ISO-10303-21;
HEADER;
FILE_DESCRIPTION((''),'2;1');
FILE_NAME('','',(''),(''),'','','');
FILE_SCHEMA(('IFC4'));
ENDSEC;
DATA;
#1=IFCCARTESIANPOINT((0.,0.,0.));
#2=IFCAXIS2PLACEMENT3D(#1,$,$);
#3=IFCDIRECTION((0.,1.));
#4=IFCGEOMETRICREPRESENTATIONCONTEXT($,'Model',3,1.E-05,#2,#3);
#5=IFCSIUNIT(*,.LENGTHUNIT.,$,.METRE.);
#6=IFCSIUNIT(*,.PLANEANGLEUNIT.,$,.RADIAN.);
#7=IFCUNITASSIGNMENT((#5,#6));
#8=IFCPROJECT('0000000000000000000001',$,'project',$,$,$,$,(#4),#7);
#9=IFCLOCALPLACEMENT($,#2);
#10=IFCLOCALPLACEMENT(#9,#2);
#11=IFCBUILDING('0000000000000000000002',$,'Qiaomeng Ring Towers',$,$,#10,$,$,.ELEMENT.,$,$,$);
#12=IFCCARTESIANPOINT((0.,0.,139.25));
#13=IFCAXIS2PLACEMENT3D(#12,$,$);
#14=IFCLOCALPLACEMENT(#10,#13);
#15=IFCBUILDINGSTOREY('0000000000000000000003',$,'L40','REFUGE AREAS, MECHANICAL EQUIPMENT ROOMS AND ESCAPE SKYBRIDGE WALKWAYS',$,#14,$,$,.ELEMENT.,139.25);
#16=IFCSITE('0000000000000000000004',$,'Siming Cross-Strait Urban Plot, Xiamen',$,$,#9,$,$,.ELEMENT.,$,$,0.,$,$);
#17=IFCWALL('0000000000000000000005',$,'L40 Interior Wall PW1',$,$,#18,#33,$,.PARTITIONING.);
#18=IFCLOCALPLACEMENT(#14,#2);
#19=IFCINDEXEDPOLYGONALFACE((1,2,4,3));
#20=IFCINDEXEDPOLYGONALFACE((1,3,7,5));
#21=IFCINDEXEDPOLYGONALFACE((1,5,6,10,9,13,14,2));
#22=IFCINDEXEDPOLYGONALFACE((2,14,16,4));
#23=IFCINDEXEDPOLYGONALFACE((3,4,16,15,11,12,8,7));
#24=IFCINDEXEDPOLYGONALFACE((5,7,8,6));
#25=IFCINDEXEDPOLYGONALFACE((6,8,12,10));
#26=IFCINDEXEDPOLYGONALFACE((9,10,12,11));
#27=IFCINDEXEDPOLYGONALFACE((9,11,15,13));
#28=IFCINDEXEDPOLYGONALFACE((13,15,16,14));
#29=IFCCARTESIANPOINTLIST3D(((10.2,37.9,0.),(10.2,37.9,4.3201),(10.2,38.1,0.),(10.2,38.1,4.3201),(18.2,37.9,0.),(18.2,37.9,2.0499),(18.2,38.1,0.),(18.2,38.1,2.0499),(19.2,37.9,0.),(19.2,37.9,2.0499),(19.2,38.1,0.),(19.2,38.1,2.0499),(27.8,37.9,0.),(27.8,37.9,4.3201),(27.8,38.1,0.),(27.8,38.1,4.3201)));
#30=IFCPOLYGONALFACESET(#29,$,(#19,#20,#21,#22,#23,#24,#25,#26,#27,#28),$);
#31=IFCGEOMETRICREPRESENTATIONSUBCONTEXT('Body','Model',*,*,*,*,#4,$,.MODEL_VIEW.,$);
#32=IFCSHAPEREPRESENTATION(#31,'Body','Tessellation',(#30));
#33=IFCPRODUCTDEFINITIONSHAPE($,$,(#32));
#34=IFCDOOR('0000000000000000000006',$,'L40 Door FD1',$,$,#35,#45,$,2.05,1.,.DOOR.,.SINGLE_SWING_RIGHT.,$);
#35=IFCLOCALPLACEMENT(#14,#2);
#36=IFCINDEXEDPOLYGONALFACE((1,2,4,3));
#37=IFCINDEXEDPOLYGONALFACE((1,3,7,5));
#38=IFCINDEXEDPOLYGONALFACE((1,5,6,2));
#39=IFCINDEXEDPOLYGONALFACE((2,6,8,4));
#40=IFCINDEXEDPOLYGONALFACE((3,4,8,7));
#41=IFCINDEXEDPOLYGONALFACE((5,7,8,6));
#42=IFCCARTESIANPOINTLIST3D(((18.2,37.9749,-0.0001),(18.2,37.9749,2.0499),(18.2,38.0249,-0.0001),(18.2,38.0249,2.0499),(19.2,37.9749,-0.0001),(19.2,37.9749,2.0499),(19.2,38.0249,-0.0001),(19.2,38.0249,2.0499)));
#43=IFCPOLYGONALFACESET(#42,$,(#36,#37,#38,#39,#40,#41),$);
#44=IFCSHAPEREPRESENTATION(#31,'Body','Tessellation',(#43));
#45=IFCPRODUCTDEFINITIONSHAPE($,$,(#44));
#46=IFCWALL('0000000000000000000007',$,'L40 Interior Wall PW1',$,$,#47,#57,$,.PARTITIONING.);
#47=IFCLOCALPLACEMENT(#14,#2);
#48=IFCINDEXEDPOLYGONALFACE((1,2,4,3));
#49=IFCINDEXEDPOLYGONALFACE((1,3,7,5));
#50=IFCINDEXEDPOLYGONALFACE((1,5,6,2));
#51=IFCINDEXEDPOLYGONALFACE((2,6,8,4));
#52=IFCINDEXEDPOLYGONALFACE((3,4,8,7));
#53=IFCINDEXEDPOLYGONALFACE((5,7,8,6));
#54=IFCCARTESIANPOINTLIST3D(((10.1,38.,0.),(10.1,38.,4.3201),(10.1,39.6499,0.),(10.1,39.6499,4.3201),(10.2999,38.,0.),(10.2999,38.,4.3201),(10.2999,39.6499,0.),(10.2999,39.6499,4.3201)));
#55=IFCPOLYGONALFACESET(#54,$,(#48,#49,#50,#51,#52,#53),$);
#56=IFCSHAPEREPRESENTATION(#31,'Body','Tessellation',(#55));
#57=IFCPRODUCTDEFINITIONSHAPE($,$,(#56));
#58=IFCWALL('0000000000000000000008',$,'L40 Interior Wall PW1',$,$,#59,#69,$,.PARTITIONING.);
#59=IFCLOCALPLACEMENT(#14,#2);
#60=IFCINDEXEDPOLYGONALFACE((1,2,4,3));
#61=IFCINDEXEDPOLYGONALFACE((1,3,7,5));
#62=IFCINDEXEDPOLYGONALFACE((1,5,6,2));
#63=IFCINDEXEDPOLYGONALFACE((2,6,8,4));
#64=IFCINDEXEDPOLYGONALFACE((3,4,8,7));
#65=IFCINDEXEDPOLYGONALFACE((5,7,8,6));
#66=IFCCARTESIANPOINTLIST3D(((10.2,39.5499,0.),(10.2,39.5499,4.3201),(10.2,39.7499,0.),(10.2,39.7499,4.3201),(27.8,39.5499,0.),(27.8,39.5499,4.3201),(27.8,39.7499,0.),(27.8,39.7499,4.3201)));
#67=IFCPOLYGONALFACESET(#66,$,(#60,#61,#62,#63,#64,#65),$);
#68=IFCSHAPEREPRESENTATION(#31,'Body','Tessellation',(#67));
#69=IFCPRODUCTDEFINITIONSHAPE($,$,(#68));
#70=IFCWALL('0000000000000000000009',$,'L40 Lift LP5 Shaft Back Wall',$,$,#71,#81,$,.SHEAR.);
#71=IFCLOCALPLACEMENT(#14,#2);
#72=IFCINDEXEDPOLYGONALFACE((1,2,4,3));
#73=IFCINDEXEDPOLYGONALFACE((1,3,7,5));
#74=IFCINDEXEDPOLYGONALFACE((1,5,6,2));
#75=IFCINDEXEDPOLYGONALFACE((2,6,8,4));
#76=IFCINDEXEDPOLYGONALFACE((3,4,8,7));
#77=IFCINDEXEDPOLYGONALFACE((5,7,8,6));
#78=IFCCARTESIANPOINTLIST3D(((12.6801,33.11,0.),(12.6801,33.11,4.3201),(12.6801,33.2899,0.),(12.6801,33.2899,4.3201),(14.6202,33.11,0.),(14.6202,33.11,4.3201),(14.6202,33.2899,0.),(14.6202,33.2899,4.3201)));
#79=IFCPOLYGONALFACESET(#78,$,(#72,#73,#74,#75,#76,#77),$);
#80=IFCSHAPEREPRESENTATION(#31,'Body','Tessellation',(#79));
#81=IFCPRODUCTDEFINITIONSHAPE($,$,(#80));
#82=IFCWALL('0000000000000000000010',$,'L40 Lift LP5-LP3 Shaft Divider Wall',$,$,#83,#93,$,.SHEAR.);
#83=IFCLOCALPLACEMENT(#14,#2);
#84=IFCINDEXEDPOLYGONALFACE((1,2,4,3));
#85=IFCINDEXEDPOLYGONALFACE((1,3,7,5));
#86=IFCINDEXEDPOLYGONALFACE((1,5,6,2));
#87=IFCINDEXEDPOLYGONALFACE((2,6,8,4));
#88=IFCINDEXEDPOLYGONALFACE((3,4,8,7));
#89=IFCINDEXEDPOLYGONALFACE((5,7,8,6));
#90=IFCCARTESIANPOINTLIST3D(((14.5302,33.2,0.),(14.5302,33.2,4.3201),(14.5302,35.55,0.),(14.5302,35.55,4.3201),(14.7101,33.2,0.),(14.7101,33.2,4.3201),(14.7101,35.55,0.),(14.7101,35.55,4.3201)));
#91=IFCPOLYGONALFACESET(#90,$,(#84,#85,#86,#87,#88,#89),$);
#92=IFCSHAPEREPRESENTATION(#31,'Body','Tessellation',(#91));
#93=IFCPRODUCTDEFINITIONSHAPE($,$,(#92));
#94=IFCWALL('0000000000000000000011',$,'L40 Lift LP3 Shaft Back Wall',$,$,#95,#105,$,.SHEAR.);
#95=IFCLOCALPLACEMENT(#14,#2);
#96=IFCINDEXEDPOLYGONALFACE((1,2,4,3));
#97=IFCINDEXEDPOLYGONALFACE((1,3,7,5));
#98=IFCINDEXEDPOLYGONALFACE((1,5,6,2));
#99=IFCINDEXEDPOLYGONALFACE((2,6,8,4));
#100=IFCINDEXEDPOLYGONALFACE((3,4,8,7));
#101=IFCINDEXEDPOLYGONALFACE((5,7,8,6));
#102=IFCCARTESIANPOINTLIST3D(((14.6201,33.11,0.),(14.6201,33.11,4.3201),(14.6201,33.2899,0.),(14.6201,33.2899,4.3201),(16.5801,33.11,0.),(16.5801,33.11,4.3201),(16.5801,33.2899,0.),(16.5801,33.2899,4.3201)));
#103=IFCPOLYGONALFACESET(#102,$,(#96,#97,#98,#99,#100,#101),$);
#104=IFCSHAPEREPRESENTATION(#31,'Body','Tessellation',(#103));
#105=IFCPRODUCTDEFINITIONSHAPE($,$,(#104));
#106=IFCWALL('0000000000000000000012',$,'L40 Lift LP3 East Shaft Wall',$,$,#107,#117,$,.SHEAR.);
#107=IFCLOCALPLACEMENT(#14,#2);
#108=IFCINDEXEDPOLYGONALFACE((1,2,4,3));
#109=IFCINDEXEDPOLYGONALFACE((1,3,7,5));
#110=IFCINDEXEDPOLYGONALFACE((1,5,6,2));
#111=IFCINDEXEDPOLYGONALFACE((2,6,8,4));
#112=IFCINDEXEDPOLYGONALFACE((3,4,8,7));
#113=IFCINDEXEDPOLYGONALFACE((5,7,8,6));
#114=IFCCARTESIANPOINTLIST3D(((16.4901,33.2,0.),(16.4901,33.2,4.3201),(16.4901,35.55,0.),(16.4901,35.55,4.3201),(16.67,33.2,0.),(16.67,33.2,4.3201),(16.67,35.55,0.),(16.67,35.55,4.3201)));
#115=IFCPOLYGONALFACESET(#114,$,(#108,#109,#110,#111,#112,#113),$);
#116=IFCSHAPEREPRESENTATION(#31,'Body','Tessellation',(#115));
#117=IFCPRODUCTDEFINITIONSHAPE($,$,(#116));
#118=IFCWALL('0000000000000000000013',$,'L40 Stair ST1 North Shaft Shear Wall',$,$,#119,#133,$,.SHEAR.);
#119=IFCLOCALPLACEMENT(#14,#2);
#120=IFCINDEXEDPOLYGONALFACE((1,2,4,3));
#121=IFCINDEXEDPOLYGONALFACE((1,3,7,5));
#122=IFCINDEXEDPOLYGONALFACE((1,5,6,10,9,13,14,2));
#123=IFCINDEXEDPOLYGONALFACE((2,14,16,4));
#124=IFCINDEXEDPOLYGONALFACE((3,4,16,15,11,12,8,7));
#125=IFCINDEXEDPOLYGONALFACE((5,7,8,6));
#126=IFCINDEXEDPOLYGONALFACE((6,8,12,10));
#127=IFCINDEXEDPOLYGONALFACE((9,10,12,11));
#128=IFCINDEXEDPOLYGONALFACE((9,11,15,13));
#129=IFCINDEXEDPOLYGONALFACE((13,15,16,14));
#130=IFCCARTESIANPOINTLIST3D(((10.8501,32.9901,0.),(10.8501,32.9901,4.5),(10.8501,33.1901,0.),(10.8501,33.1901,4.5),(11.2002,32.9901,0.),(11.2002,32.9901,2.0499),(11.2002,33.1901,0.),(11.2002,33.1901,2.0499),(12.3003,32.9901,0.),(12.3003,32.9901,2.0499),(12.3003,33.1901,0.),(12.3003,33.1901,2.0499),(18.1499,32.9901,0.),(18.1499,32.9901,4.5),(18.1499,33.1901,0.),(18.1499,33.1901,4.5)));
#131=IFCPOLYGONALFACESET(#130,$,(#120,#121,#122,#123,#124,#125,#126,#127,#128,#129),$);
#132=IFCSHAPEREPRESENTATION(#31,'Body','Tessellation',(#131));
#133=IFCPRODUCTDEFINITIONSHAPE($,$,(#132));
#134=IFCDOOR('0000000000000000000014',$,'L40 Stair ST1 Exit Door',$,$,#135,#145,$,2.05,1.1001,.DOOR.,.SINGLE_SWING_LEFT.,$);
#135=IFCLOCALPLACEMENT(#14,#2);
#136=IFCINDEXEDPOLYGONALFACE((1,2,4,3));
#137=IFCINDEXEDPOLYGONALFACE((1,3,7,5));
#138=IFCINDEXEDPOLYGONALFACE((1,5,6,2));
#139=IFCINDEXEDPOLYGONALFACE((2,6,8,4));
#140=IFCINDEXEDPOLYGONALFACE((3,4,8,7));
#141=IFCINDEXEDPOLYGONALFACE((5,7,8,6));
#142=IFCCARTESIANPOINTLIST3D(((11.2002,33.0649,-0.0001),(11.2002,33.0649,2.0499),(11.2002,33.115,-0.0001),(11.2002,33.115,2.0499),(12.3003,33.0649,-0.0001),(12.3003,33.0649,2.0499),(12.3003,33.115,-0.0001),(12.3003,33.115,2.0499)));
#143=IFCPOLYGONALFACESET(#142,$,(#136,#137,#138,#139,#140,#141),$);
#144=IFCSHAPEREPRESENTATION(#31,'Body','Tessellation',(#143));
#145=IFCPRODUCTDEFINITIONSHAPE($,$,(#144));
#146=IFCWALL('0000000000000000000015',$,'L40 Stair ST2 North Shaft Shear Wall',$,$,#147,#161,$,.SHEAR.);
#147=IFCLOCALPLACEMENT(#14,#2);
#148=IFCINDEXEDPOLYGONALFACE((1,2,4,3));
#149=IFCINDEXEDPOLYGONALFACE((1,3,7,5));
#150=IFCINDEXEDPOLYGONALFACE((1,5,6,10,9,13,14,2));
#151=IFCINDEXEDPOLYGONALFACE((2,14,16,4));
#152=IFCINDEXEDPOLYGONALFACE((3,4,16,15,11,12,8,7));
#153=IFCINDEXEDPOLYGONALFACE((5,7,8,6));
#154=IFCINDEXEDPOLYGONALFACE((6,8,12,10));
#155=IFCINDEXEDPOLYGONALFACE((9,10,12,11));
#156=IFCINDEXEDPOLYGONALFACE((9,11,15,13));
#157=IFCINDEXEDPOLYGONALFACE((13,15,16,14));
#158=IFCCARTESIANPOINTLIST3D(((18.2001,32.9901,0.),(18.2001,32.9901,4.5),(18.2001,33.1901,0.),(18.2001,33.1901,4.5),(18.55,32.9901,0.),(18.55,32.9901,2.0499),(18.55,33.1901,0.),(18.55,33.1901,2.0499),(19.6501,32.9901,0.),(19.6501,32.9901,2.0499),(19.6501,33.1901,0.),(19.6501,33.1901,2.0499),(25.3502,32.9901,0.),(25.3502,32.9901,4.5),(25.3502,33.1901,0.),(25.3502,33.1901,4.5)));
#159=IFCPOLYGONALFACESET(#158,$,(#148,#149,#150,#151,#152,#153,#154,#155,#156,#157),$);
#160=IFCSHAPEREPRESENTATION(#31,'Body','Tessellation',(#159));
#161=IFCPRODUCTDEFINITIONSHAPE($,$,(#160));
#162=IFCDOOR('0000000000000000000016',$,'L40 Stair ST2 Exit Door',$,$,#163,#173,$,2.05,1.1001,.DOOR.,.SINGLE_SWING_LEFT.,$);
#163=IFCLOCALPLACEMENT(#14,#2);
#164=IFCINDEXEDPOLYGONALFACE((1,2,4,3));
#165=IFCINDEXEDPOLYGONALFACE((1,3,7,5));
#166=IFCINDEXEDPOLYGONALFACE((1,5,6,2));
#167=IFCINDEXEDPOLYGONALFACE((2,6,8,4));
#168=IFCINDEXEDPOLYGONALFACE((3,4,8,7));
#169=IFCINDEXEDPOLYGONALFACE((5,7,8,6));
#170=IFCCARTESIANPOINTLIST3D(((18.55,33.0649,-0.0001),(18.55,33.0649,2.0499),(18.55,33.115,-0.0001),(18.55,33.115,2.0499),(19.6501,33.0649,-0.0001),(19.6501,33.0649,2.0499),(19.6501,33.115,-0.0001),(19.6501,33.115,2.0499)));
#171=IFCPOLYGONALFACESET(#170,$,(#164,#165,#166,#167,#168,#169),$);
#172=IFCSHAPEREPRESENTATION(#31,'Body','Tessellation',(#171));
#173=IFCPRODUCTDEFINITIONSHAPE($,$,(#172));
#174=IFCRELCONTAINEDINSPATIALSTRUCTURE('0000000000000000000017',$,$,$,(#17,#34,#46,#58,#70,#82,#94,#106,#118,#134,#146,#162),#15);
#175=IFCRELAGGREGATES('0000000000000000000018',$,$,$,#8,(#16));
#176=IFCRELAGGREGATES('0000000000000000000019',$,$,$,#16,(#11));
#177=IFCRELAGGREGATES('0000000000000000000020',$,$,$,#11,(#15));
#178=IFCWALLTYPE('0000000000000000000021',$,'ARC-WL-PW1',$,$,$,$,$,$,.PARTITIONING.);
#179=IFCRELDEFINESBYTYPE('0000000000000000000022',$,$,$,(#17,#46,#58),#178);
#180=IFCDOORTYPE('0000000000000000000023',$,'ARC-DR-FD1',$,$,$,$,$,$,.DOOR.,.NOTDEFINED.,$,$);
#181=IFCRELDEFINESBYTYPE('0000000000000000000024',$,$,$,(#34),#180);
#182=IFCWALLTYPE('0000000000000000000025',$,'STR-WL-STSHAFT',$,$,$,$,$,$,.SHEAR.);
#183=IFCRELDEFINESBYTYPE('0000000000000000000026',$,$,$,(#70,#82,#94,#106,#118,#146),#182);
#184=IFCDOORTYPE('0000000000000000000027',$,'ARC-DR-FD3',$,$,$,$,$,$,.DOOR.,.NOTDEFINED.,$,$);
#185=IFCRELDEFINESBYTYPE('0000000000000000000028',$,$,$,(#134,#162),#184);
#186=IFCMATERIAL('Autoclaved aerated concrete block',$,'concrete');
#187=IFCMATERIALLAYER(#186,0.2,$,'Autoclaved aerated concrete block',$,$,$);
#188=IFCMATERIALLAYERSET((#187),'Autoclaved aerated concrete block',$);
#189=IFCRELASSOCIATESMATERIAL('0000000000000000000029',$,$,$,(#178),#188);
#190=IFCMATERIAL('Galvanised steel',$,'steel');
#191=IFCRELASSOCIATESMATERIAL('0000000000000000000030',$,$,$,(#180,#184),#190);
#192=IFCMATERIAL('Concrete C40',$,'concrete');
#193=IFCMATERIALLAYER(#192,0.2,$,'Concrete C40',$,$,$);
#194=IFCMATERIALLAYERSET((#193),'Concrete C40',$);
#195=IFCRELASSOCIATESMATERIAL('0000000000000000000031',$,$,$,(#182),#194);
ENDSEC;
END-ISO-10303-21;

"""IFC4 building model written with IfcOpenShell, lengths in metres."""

from ifc_helpers import new_model, si_unit, direction, frame, frame_2d, origin, place, context, subcontext, project, spatial, rectangle, extrude, source, transform, mapped, material, layer, layer_set, type_object, element, fill, save


model = new_model("IFC4")

# Units and contexts
model_context = context("Model", 3, precision=1e-05, world=origin(), true_north=direction((0.0, 1.0)))
body_context = subcontext(model_context, "Body", "Model", "MODEL_VIEW")
ifc_project = project(units=[si_unit("LENGTHUNIT", "METRE"), si_unit("PLANEANGLEUNIT", "RADIAN")], contexts=[model_context])

# Site, building, storey
site_placement = place(None, origin())
site = spatial("IfcSite", under=ifc_project, at=site_placement, Name="Siming Cross-Strait Urban Plot, Xiamen", CompositionType="ELEMENT", RefElevation=0.0)
building_placement = place(site_placement, origin())
building = spatial("IfcBuilding", under=site, at=building_placement, Name="Qiaomeng Ring Towers", CompositionType="ELEMENT")
storey_placement = place(building_placement, frame((0.0, 0.0, 139.25)))
storey = spatial("IfcBuildingStorey", under=building, at=storey_placement, Name="L40", Description="REFUGE AREAS, MECHANICAL EQUIPMENT ROOMS AND ESCAPE SKYBRIDGE WALKWAYS", CompositionType="ELEMENT", Elevation=139.25)

# Shared definitions
ifc_material_1 = material(Name="Autoclaved aerated concrete block", Category="concrete")
ifc_layer_1 = layer(ifc_material_1, 0.2, Name="Autoclaved aerated concrete block")
ifc_layer_set_1 = layer_set([ifc_layer_1], Name="Autoclaved aerated concrete block")
wall_type_1 = type_object("IfcWallType", Name="ARC-WL-PW1", PredefinedType="PARTITIONING", material=ifc_layer_set_1)

# Wall, opening, door
wall_1_placement = place(storey_placement, frame((10.2, 38.0, 0.0), z_axis=(0.0, 0.0, 1.0), x_axis=(1.0, 0.0, 0.0)))
wall_1 = element("IfcWall", 1, at=wall_1_placement, inside=storey, type_object=wall_type_1, Name="L40 Interior Wall PW1", PredefinedType="PARTITIONING", context=body_context, shape_type="SweptSolid", body=[
    extrude(rectangle(XDim=17.6001, YDim=0.2, at=frame_2d((8.8, 0.0))), origin(), (0.0, 0.0, 1.0), 4.3201),
])
opening_1_placement = place(wall_1_placement, frame((8.0, 0.0, 0.0)))
opening_1 = element("IfcOpeningElement", 2, at=opening_1_placement, cuts=wall_1, PredefinedType="OPENING", context=body_context, shape_type="SweptSolid", body=[
    extrude(rectangle(XDim=1.0, YDim=2.05, at=frame_2d((0.5, 1.0249))), frame((0.0, 0.1099, 0.0), z_axis=(0.0, -1.0, 0.0), x_axis=(1.0, 0.0, 0.0)), (0.0, 0.0, 1.0), 0.22),
])
ifc_material_2 = material(Name="Galvanised steel", Category="steel")
door_type_1 = type_object("IfcDoorType", Name="ARC-DR-FD1", OperationType="NOTDEFINED", PredefinedType="DOOR", material=ifc_material_2)
shared_shape_1 = source(origin(), body_context, "Body", "SweptSolid", [
    extrude(rectangle(XDim=1.0, YDim=2.05, at=frame_2d((0.5, 1.0249))), frame((0.0, 0.0249, 0.0), z_axis=(0.0, -1.0, 0.0), x_axis=(1.0, 0.0, 0.0)), (0.0, 0.0, 1.0), 0.05),
])
door_1_placement = place(opening_1_placement, origin())
door_1 = element("IfcDoor", 3, at=door_1_placement, inside=storey, type_object=door_type_1, Name="L40 Door FD1", OperationType="SINGLE_SWING_RIGHT", OverallHeight=2.05, OverallWidth=1.0, PredefinedType="DOOR", context=body_context, shape_type="MappedRepresentation", body=[
    mapped(shared_shape_1, transform((0.0, 0.0, 0.0), x_axis=(1.0, 0.0, 0.0), y_axis=(0.0, 1.0, 0.0), z_axis=(0.0, 0.0, 1.0), scale=1.0)),
])
fill(opening_1, door_1)

# Walls
wall_2_placement = place(storey_placement, frame((10.2, 38.0, 0.0), z_axis=(0.0, 0.0, 1.0), x_axis=(0.0, 1.0, 0.0)))
element("IfcWall", 4, at=wall_2_placement, inside=storey, type_object=wall_type_1, Name="L40 Interior Wall PW1", PredefinedType="PARTITIONING", context=body_context, shape_type="SweptSolid", body=[
    extrude(rectangle(XDim=1.6499, YDim=0.2, at=frame_2d((0.825, 0.0))), origin(), (0.0, 0.0, 1.0), 4.3201),
])
wall_3_placement = place(storey_placement, frame((10.2, 39.6499, 0.0), z_axis=(0.0, 0.0, 1.0), x_axis=(1.0, 0.0, 0.0)))
element("IfcWall", 5, at=wall_3_placement, inside=storey, type_object=wall_type_1, Name="L40 Interior Wall PW1", PredefinedType="PARTITIONING", context=body_context, shape_type="SweptSolid", body=[
    extrude(rectangle(XDim=17.6001, YDim=0.2, at=frame_2d((8.8, 0.0))), origin(), (0.0, 0.0, 1.0), 4.3201),
])
ifc_material_3 = material(Name="Concrete C40", Category="concrete")
ifc_layer_2 = layer(ifc_material_3, 0.2, Name="Concrete C40")
ifc_layer_set_2 = layer_set([ifc_layer_2], Name="Concrete C40")
wall_type_2 = type_object("IfcWallType", Name="STR-WL-STSHAFT", PredefinedType="SHEAR", material=ifc_layer_set_2)
wall_4_placement = place(storey_placement, frame((12.6799, 33.2, 0.0), z_axis=(0.0, 0.0, 1.0), x_axis=(1.0, 0.0, 0.0)))
element("IfcWall", 6, at=wall_4_placement, inside=storey, type_object=wall_type_2, Name="L40 Lift LP5 Shaft Back Wall", PredefinedType="SHEAR", context=body_context, shape_type="SweptSolid", body=[
    extrude(rectangle(XDim=1.9402, YDim=0.1799, at=frame_2d((0.9702, 0.0))), origin(), (0.0, 0.0, 1.0), 4.3201),
])
wall_5_placement = place(storey_placement, frame((14.6201, 33.2, 0.0), z_axis=(0.0, 0.0, 1.0), x_axis=(0.0, 1.0, 0.0)))
element("IfcWall", 7, at=wall_5_placement, inside=storey, type_object=wall_type_2, Name="L40 Lift LP5-LP3 Shaft Divider Wall", PredefinedType="SHEAR", context=body_context, shape_type="SweptSolid", body=[
    extrude(rectangle(XDim=2.3501, YDim=0.1799, at=frame_2d((1.175, 0.0))), origin(), (0.0, 0.0, 1.0), 4.3201),
])
wall_6_placement = place(storey_placement, frame((14.6201, 33.2, 0.0), z_axis=(0.0, 0.0, 1.0), x_axis=(1.0, 0.0, 0.0)))
element("IfcWall", 8, at=wall_6_placement, inside=storey, type_object=wall_type_2, Name="L40 Lift LP3 Shaft Back Wall", PredefinedType="SHEAR", context=body_context, shape_type="SweptSolid", body=[
    extrude(rectangle(XDim=1.96, YDim=0.1799, at=frame_2d((0.98, 0.0))), origin(), (0.0, 0.0, 1.0), 4.3201),
])
wall_7_placement = place(storey_placement, frame((16.5801, 33.2, 0.0), z_axis=(0.0, 0.0, 1.0), x_axis=(0.0, 1.0, 0.0)))
element("IfcWall", 9, at=wall_7_placement, inside=storey, type_object=wall_type_2, Name="L40 Lift LP3 East Shaft Wall", PredefinedType="SHEAR", context=body_context, shape_type="SweptSolid", body=[
    extrude(rectangle(XDim=2.3501, YDim=0.1799, at=frame_2d((1.175, 0.0))), origin(), (0.0, 0.0, 1.0), 4.3201),
])

# Walls, openings, doors
wall_8_placement = place(storey_placement, frame((10.8501, 33.0901, 0.0), z_axis=(0.0, 0.0, 1.0), x_axis=(1.0, 0.0, 0.0)))
wall_8 = element("IfcWall", 10, at=wall_8_placement, inside=storey, type_object=wall_type_2, Name="L40 Stair ST1 North Shaft Shear Wall", PredefinedType="SHEAR", context=body_context, shape_type="SweptSolid", body=[
    extrude(rectangle(XDim=7.2998, YDim=0.2, at=frame_2d((3.6499, 0.0))), origin(), (0.0, 0.0, 1.0), 4.5),
])
opening_2_placement = place(wall_8_placement, frame((0.3501, 0.0, 0.0)))
opening_2 = element("IfcOpeningElement", 11, at=opening_2_placement, cuts=wall_8, PredefinedType="OPENING", context=body_context, shape_type="SweptSolid", body=[
    extrude(rectangle(XDim=1.1001, YDim=2.05, at=frame_2d((0.55, 1.0249))), frame((0.0, 0.1099, 0.0), z_axis=(0.0, -1.0, 0.0), x_axis=(1.0, 0.0, 0.0)), (0.0, 0.0, 1.0), 0.22),
])
door_type_2 = type_object("IfcDoorType", Name="ARC-DR-FD3", OperationType="NOTDEFINED", PredefinedType="DOOR", material=ifc_material_2)
shared_shape_2 = source(origin(), body_context, "Body", "SweptSolid", [
    extrude(rectangle(XDim=1.1001, YDim=2.05, at=frame_2d((0.55, 1.0249))), frame((0.0, 0.0249, 0.0), z_axis=(0.0, -1.0, 0.0), x_axis=(1.0, 0.0, 0.0)), (0.0, 0.0, 1.0), 0.05),
])
door_2_placement = place(opening_2_placement, origin())
door_2 = element("IfcDoor", 12, at=door_2_placement, inside=storey, type_object=door_type_2, Name="L40 Stair ST1 Exit Door", OperationType="SINGLE_SWING_LEFT", OverallHeight=2.05, OverallWidth=1.1001, PredefinedType="DOOR", context=body_context, shape_type="MappedRepresentation", body=[
    mapped(shared_shape_2, transform((0.0, 0.0, 0.0), x_axis=(1.0, 0.0, 0.0), y_axis=(0.0, 1.0, 0.0), z_axis=(0.0, 0.0, 1.0), scale=1.0)),
])
fill(opening_2, door_2)
wall_9_placement = place(storey_placement, frame((18.2, 33.0901, 0.0), z_axis=(0.0, 0.0, 1.0), x_axis=(1.0, 0.0, 0.0)))
wall_9 = element("IfcWall", 13, at=wall_9_placement, inside=storey, type_object=wall_type_2, Name="L40 Stair ST2 North Shaft Shear Wall", PredefinedType="SHEAR", context=body_context, shape_type="SweptSolid", body=[
    extrude(rectangle(XDim=7.1501, YDim=0.2, at=frame_2d((3.5752, 0.0))), origin(), (0.0, 0.0, 1.0), 4.5),
])
opening_3_placement = place(wall_9_placement, frame((0.3501, 0.0, 0.0)))
opening_3 = element("IfcOpeningElement", 14, at=opening_3_placement, cuts=wall_9, PredefinedType="OPENING", context=body_context, shape_type="SweptSolid", body=[
    extrude(rectangle(XDim=1.1001, YDim=2.05, at=frame_2d((0.55, 1.0249))), frame((0.0, 0.1099, 0.0), z_axis=(0.0, -1.0, 0.0), x_axis=(1.0, 0.0, 0.0)), (0.0, 0.0, 1.0), 0.22),
])
door_3_placement = place(opening_3_placement, origin())
door_3 = element("IfcDoor", 15, at=door_3_placement, inside=storey, type_object=door_type_2, Name="L40 Stair ST2 Exit Door", OperationType="SINGLE_SWING_LEFT", OverallHeight=2.05, OverallWidth=1.1001, PredefinedType="DOOR", context=body_context, shape_type="MappedRepresentation", body=[
    mapped(shared_shape_2, transform((0.0, 0.0, 0.0), x_axis=(1.0, 0.0, 0.0), y_axis=(0.0, 1.0, 0.0), z_axis=(0.0, 0.0, 1.0), scale=1.0)),
])
fill(opening_3, door_3)

save(model, "model.ifc")
